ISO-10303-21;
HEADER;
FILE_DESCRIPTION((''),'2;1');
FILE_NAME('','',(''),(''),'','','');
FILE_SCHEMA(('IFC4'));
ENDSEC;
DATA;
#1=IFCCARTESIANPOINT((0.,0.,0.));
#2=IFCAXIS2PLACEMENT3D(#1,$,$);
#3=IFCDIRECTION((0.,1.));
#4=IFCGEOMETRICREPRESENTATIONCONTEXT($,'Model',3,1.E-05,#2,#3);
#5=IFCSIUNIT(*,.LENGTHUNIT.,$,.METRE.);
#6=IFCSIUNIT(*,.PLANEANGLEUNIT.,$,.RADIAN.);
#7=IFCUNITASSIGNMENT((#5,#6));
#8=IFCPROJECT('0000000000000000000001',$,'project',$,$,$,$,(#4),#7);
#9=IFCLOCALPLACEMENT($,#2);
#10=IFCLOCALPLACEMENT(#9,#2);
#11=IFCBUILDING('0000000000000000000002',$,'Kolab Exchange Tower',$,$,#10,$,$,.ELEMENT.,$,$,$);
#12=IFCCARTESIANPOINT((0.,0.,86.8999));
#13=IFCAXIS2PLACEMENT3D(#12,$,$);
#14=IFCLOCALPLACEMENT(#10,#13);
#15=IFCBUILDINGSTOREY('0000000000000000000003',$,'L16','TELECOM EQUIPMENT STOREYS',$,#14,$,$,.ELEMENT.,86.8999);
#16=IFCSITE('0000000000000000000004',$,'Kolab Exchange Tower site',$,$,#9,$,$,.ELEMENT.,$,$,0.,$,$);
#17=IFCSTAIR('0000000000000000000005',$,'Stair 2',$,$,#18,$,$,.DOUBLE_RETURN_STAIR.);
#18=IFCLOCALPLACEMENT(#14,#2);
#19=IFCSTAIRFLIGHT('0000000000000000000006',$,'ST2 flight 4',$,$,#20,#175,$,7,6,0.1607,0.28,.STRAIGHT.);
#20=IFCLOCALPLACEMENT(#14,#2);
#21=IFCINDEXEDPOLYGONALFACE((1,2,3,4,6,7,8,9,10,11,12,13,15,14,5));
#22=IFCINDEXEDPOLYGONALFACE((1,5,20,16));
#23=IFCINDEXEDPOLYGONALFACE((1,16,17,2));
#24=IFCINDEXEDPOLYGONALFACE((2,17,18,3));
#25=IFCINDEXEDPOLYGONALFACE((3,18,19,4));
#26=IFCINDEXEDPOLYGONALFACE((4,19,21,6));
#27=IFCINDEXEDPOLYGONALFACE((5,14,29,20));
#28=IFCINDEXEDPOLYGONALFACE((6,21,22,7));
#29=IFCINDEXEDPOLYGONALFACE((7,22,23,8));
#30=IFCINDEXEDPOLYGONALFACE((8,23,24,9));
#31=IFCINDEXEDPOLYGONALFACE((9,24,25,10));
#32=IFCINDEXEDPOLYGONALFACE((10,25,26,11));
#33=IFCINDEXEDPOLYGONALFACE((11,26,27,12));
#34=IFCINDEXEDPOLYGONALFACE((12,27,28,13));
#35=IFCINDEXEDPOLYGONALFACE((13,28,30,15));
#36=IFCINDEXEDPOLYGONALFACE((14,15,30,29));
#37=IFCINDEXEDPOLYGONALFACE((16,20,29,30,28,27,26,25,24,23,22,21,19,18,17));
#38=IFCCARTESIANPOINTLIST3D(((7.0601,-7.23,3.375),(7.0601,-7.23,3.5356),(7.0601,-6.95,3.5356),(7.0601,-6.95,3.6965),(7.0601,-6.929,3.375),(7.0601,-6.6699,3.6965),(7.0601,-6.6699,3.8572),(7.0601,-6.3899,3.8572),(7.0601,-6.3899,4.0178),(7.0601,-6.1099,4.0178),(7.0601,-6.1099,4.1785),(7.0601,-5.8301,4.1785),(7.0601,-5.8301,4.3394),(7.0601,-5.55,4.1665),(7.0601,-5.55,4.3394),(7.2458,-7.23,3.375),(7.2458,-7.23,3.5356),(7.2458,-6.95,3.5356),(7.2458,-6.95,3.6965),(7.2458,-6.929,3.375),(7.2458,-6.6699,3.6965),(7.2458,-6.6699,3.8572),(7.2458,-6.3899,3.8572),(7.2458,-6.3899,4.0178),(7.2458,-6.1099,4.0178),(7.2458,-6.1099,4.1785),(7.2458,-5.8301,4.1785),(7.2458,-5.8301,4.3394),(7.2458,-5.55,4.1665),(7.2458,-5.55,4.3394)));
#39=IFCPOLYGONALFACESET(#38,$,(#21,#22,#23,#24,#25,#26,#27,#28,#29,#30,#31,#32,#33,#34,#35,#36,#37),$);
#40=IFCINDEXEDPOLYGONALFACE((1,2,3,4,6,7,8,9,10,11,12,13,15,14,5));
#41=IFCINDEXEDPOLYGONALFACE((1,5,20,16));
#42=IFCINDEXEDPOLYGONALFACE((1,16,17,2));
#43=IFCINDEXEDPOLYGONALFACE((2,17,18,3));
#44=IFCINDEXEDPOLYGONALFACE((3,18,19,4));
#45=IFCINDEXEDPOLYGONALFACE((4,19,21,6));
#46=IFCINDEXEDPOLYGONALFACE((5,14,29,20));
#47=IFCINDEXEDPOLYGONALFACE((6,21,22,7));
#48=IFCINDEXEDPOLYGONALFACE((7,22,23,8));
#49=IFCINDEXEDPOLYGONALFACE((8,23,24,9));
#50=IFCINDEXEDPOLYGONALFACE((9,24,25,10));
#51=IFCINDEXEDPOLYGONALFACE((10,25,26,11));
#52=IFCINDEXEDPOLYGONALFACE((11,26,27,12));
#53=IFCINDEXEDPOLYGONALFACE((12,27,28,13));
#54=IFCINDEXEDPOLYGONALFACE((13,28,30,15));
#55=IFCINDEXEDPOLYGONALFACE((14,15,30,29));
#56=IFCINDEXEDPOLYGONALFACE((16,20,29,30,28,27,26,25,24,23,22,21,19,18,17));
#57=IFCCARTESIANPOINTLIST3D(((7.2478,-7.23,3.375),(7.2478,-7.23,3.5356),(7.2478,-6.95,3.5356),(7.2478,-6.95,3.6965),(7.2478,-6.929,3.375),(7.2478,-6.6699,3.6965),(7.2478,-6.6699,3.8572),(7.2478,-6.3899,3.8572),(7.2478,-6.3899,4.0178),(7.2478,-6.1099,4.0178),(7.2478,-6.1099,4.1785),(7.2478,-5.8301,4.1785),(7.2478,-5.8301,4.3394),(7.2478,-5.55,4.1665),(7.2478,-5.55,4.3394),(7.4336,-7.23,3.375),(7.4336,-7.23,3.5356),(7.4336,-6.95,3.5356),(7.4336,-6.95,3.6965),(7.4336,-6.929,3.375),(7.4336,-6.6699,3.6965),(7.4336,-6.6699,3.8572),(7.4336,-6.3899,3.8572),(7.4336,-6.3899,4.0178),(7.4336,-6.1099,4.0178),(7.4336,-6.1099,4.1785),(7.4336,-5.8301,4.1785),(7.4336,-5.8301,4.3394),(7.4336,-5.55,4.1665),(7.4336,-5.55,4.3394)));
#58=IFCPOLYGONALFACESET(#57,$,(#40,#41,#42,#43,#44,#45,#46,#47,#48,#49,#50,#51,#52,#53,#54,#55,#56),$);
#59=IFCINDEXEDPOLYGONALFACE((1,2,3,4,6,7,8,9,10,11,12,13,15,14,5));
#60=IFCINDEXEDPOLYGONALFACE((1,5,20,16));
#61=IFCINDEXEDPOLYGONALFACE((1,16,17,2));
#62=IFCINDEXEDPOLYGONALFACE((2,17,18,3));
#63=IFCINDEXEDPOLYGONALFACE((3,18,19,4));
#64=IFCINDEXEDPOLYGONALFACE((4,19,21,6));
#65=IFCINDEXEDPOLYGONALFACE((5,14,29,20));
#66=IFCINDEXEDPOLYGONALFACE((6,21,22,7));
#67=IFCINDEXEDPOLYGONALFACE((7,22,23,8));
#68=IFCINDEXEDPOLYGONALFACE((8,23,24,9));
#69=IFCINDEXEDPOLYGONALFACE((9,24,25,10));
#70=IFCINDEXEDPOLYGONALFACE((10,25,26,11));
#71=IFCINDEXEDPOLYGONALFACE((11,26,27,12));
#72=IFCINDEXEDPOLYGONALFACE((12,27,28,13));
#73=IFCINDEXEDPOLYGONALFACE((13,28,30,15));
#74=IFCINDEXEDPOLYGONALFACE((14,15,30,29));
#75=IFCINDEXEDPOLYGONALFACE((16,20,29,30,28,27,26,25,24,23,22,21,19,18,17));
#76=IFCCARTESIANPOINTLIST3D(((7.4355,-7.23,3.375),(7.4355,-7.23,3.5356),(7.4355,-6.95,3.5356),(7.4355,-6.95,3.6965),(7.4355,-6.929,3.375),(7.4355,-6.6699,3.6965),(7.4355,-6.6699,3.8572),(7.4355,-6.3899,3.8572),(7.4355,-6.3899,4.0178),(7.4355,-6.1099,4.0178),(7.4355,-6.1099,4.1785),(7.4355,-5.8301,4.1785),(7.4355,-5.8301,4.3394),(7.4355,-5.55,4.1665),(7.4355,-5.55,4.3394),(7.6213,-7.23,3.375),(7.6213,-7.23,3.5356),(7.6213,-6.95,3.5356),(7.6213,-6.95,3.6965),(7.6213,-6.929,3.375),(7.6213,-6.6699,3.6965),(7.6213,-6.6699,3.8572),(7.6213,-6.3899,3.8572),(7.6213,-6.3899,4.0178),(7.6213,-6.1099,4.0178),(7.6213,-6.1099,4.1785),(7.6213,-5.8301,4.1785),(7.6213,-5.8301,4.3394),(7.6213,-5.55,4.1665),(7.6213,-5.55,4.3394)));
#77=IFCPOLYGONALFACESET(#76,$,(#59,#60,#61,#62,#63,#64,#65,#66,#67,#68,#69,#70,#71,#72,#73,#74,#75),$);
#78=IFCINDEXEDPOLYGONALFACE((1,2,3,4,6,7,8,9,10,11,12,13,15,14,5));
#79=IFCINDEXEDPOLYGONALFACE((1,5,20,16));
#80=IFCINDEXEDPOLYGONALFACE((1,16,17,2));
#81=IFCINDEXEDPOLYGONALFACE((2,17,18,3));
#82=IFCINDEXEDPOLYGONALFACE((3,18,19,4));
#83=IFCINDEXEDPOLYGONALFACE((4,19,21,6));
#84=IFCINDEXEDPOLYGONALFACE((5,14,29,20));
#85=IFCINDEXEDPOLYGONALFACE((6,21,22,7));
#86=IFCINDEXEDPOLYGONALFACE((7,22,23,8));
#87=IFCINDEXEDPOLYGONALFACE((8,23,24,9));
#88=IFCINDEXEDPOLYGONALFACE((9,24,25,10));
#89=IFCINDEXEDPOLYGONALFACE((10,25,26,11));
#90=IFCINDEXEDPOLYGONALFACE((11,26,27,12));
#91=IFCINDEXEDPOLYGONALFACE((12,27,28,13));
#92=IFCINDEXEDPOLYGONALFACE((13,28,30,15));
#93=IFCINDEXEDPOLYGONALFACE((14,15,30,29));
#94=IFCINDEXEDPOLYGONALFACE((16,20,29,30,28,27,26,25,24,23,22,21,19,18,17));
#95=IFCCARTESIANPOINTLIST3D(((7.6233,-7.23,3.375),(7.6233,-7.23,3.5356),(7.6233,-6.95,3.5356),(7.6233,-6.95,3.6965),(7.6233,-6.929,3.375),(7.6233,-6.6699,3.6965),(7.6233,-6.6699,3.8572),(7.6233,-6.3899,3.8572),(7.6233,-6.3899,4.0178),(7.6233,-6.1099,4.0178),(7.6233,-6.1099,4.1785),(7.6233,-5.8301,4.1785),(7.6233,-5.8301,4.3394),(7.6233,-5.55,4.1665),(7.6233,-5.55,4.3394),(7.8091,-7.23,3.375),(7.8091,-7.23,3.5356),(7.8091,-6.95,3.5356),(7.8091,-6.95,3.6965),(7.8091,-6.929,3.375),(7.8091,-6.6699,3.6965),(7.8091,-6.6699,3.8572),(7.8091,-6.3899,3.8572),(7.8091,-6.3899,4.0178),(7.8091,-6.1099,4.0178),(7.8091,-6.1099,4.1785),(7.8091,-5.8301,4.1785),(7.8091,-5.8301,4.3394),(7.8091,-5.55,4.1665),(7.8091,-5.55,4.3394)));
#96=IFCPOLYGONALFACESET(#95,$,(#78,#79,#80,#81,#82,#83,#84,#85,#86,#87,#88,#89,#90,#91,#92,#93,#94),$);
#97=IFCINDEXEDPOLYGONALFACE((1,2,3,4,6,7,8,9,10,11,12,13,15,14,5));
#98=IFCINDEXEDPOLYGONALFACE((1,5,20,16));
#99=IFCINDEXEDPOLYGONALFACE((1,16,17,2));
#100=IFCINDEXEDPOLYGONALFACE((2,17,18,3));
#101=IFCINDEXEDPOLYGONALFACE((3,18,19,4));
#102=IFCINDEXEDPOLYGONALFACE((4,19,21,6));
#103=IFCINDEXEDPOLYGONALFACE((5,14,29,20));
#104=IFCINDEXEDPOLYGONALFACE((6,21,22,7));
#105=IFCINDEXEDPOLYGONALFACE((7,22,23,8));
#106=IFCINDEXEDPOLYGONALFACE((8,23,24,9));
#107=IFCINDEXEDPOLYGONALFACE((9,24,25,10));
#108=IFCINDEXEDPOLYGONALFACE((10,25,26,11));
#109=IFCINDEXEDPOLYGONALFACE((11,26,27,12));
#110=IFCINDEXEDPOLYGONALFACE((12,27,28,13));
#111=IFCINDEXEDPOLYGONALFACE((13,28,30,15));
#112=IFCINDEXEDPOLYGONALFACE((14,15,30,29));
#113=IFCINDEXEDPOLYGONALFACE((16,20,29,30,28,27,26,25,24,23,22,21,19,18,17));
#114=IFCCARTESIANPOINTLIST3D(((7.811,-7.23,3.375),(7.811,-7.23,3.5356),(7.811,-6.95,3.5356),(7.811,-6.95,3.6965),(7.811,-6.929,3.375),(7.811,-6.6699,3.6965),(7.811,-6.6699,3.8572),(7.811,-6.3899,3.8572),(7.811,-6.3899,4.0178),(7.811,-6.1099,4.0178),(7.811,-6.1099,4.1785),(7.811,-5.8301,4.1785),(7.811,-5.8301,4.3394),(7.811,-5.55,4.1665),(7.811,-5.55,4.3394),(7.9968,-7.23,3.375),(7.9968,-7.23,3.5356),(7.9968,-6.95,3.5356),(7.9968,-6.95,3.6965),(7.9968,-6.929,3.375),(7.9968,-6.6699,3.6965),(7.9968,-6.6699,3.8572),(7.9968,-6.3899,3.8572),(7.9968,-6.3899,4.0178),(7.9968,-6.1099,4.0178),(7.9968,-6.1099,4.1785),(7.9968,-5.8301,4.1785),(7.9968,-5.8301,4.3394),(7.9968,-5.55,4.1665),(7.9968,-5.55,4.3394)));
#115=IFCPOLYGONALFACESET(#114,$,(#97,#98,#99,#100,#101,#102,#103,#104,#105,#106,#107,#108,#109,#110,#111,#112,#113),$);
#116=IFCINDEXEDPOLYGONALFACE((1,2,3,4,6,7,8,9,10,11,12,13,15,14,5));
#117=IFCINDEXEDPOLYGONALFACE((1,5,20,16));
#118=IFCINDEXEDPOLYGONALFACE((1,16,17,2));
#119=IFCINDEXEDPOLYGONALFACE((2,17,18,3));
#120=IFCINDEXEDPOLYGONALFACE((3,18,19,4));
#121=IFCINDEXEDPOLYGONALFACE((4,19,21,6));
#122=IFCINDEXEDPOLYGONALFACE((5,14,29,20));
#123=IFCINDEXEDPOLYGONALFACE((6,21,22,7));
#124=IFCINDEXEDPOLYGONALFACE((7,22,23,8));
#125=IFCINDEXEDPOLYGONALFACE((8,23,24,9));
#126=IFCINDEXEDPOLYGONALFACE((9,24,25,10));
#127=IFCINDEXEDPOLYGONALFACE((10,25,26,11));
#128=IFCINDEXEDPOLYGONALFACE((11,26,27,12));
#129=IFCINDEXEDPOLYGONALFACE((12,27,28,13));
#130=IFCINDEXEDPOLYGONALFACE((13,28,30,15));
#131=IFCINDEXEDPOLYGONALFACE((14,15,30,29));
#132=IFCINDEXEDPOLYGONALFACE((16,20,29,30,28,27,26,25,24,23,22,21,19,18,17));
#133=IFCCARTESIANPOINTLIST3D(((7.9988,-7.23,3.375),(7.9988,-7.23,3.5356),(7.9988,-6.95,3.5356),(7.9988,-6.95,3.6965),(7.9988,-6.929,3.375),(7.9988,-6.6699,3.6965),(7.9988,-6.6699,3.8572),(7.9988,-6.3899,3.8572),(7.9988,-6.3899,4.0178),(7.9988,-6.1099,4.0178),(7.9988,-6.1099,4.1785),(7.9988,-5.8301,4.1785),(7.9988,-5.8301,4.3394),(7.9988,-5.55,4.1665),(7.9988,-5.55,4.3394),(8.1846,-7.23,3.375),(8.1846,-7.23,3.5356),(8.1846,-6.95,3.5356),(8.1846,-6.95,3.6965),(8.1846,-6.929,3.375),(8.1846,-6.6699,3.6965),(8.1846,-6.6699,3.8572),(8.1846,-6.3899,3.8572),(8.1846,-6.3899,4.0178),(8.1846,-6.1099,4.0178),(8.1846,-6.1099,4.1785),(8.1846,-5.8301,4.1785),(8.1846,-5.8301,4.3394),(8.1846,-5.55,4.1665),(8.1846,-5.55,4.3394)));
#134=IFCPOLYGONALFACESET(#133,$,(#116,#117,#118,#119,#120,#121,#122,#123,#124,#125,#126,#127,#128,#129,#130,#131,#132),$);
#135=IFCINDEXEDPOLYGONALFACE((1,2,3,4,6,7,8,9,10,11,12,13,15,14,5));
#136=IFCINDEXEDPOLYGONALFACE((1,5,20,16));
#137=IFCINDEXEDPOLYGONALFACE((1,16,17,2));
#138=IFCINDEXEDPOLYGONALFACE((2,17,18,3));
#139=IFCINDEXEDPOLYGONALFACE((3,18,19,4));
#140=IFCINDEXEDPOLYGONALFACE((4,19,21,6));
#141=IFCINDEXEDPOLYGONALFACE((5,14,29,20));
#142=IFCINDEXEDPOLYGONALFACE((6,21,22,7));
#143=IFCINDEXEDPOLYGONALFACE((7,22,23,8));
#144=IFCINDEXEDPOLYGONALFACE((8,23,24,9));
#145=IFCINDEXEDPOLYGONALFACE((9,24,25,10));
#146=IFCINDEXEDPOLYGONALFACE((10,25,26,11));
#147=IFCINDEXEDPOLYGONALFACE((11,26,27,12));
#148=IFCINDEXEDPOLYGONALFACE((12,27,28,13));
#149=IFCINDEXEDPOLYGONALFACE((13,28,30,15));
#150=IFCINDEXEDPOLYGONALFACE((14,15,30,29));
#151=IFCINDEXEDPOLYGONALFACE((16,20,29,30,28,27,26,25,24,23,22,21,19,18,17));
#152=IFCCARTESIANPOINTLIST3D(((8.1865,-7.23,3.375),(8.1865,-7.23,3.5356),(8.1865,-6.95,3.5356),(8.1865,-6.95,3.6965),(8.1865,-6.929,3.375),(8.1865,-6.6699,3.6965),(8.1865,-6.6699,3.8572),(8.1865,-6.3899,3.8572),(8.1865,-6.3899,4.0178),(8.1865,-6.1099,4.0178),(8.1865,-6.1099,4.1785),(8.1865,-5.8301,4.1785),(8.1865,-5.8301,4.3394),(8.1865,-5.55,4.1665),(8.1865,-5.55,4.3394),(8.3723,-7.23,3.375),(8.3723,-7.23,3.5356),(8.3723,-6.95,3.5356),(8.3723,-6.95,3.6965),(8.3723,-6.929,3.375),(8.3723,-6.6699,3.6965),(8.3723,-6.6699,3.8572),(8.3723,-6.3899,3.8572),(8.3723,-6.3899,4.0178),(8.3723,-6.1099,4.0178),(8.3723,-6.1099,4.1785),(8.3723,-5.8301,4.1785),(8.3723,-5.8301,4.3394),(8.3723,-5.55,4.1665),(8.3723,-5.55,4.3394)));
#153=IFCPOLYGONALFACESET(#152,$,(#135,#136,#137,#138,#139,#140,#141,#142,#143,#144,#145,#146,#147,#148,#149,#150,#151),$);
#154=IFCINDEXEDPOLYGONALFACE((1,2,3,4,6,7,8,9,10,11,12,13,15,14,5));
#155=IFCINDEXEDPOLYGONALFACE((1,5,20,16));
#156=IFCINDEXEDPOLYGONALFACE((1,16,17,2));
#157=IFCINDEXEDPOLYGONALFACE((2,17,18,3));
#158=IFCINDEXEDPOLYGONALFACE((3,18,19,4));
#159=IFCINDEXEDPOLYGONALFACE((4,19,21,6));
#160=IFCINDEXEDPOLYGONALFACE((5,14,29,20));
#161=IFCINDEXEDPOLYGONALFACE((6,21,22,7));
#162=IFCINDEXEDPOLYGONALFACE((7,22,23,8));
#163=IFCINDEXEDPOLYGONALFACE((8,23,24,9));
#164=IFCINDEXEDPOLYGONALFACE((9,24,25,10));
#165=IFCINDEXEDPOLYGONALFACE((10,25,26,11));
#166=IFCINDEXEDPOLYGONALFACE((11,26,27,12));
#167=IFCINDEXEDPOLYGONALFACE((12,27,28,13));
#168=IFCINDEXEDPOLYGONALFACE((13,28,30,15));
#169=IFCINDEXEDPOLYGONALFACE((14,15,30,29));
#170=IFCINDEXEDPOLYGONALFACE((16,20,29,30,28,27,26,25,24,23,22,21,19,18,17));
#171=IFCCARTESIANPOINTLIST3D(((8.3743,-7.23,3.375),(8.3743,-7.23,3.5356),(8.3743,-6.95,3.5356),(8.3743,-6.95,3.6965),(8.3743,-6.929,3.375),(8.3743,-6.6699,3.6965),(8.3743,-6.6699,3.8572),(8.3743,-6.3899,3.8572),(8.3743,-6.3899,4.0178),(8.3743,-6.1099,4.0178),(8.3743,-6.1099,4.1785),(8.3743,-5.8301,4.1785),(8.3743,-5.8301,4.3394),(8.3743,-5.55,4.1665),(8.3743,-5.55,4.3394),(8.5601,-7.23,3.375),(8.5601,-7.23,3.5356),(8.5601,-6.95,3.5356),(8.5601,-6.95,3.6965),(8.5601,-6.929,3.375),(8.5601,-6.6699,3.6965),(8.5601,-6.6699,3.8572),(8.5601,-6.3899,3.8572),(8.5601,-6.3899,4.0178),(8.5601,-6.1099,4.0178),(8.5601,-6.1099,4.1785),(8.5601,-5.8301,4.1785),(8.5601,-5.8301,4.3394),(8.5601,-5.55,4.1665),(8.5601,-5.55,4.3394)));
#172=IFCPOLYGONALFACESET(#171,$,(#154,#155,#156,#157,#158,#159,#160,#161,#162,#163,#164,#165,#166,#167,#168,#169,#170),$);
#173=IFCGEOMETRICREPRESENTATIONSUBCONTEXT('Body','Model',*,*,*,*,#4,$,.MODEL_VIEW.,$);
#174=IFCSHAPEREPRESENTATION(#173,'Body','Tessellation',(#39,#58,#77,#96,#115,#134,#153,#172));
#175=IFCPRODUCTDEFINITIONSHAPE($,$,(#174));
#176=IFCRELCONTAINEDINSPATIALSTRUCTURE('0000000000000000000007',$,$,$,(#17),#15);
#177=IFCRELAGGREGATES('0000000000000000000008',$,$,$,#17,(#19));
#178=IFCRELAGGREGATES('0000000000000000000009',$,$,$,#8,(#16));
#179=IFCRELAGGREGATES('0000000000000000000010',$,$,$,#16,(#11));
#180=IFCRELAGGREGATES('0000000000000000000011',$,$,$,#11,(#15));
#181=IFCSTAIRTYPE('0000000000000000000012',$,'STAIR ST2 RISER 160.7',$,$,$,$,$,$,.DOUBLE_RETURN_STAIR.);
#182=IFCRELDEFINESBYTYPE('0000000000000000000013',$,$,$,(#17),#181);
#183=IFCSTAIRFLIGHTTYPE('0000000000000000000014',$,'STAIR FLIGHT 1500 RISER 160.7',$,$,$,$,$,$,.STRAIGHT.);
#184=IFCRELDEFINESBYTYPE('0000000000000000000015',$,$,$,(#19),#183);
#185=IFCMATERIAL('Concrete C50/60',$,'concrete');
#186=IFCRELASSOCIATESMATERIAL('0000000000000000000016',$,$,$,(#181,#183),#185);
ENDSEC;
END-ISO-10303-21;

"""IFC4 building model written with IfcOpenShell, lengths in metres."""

from ifc_helpers import new_model, si_unit, direction, frame, origin, place, context, subcontext, project, spatial, polyline, outline, extrude, material, type_object, element, aggregate, save


model = new_model("IFC4")

# Units and contexts
model_context = context("Model", 3, precision=1e-05, world=origin(), true_north=direction((0.0, 1.0)))
body_context = subcontext(model_context, "Body", "Model", "MODEL_VIEW")
ifc_project = project(units=[si_unit("LENGTHUNIT", "METRE"), si_unit("PLANEANGLEUNIT", "RADIAN")], contexts=[model_context])

# Site, building, storey
site_placement = place(None, origin())
site = spatial("IfcSite", under=ifc_project, at=site_placement, Name="Kolab Exchange Tower site", CompositionType="ELEMENT", RefElevation=0.0)
building_placement = place(site_placement, origin())
building = spatial("IfcBuilding", under=site, at=building_placement, Name="Kolab Exchange Tower", CompositionType="ELEMENT")
storey_placement = place(building_placement, frame((0.0, 0.0, 86.8999)))
storey = spatial("IfcBuildingStorey", under=building, at=storey_placement, Name="L16", Description="TELECOM EQUIPMENT STOREYS", CompositionType="ELEMENT", Elevation=86.8999)

# Shared definitions
ifc_material_1 = material(Name="Concrete C50/60", Category="concrete")

# Stair, stair flight
stair_type = type_object("IfcStairType", Name="STAIR ST2 RISER 160.7", PredefinedType="DOUBLE_RETURN_STAIR", material=ifc_material_1)
stair_placement = place(storey_placement, origin())
stair = element("IfcStair", 1, at=stair_placement, inside=storey, type_object=stair_type, Name="Stair 2", PredefinedType="DOUBLE_RETURN_STAIR")
stair_flight_type = type_object("IfcStairFlightType", Name="STAIR FLIGHT 1500 RISER 160.7", PredefinedType="STRAIGHT", material=ifc_material_1)
stair_flight_1_placement = place(storey_placement, frame((7.8101, -7.23, 3.375), z_axis=(0.0, 0.0, 1.0), x_axis=(0.0, 1.0, 0.0)))
stair_flight_1 = element("IfcStairFlight", 2, at=stair_flight_1_placement, type_object=stair_flight_type, Name="ST2 flight 4", NumberOfRisers=7, NumberOfTreads=6, PredefinedType="STRAIGHT", RiserHeight=0.1607, TreadLength=0.28, context=body_context, shape_type="SweptSolid", body=[
    extrude(outline(polyline([(0.0, 0.0), (0.0, 0.1606), (0.28, 0.1606), (0.28, 0.3215), (0.5601, 0.3215), (0.5601, 0.4822), (0.8401, 0.4822), (0.8401, 0.6428), (1.1201, 0.6428), (1.1201, 0.8035), (1.3999, 0.8035), (1.3999, 0.9644), (1.6799, 0.9644), (1.6799, 1.125), (1.6799, 0.7915), (0.301, 0.0), (0.0, 0.0)])), frame((0.0, 0.75, 0.0), z_axis=(0.0, -1.0, 0.0), x_axis=(1.0, 0.0, 0.0)), (0.0, 0.0, 1.0), 0.1858),
    extrude(outline(polyline([(0.0, 0.0), (0.0, 0.1606), (0.28, 0.1606), (0.28, 0.3215), (0.5601, 0.3215), (0.5601, 0.4822), (0.8401, 0.4822), (0.8401, 0.6428), (1.1201, 0.6428), (1.1201, 0.8035), (1.3999, 0.8035), (1.3999, 0.9644), (1.6799, 0.9644), (1.6799, 1.125), (1.6799, 0.7915), (0.301, 0.0), (0.0, 0.0)])), frame((0.0, 0.5623, 0.0), z_axis=(0.0, -1.0, 0.0), x_axis=(1.0, 0.0, 0.0)), (0.0, 0.0, 1.0), 0.1858),
    extrude(outline(polyline([(0.0, 0.0), (0.0, 0.1606), (0.28, 0.1606), (0.28, 0.3215), (0.5601, 0.3215), (0.5601, 0.4822), (0.8401, 0.4822), (0.8401, 0.6428), (1.1201, 0.6428), (1.1201, 0.8035), (1.3999, 0.8035), (1.3999, 0.9644), (1.6799, 0.9644), (1.6799, 1.125), (1.6799, 0.7915), (0.301, 0.0), (0.0, 0.0)])), frame((0.0, 0.3745, 0.0), z_axis=(0.0, -1.0, 0.0), x_axis=(1.0, 0.0, 0.0)), (0.0, 0.0, 1.0), 0.1858),
    extrude(outline(polyline([(0.0, 0.0), (0.0, 0.1606), (0.28, 0.1606), (0.28, 0.3215), (0.5601, 0.3215), (0.5601, 0.4822), (0.8401, 0.4822), (0.8401, 0.6428), (1.1201, 0.6428), (1.1201, 0.8035), (1.3999, 0.8035), (1.3999, 0.9644), (1.6799, 0.9644), (1.6799, 1.125), (1.6799, 0.7915), (0.301, 0.0), (0.0, 0.0)])), frame((0.0, 0.1868, 0.0), z_axis=(0.0, -1.0, 0.0), x_axis=(1.0, 0.0, 0.0)), (0.0, 0.0, 1.0), 0.1858),
    extrude(outline(polyline([(0.0, 0.0), (0.0, 0.1606), (0.28, 0.1606), (0.28, 0.3215), (0.5601, 0.3215), (0.5601, 0.4822), (0.8401, 0.4822), (0.8401, 0.6428), (1.1201, 0.6428), (1.1201, 0.8035), (1.3999, 0.8035), (1.3999, 0.9644), (1.6799, 0.9644), (1.6799, 1.125), (1.6799, 0.7915), (0.301, 0.0), (0.0, 0.0)])), frame((0.0, -0.001, 0.0), z_axis=(0.0, -1.0, 0.0), x_axis=(1.0, 0.0, 0.0)), (0.0, 0.0, 1.0), 0.1858),
    extrude(outline(polyline([(0.0, 0.0), (0.0, 0.1606), (0.28, 0.1606), (0.28, 0.3215), (0.5601, 0.3215), (0.5601, 0.4822), (0.8401, 0.4822), (0.8401, 0.6428), (1.1201, 0.6428), (1.1201, 0.8035), (1.3999, 0.8035), (1.3999, 0.9644), (1.6799, 0.9644), (1.6799, 1.125), (1.6799, 0.7915), (0.301, 0.0), (0.0, 0.0)])), frame((0.0, -0.1887, 0.0), z_axis=(0.0, -1.0, 0.0), x_axis=(1.0, 0.0, 0.0)), (0.0, 0.0, 1.0), 0.1858),
    extrude(outline(polyline([(0.0, 0.0), (0.0, 0.1606), (0.28, 0.1606), (0.28, 0.3215), (0.5601, 0.3215), (0.5601, 0.4822), (0.8401, 0.4822), (0.8401, 0.6428), (1.1201, 0.6428), (1.1201, 0.8035), (1.3999, 0.8035), (1.3999, 0.9644), (1.6799, 0.9644), (1.6799, 1.125), (1.6799, 0.7915), (0.301, 0.0), (0.0, 0.0)])), frame((0.0, -0.3765, 0.0), z_axis=(0.0, -1.0, 0.0), x_axis=(1.0, 0.0, 0.0)), (0.0, 0.0, 1.0), 0.1858),
    extrude(outline(polyline([(0.0, 0.0), (0.0, 0.1606), (0.28, 0.1606), (0.28, 0.3215), (0.5601, 0.3215), (0.5601, 0.4822), (0.8401, 0.4822), (0.8401, 0.6428), (1.1201, 0.6428), (1.1201, 0.8035), (1.3999, 0.8035), (1.3999, 0.9644), (1.6799, 0.9644), (1.6799, 1.125), (1.6799, 0.7915), (0.301, 0.0), (0.0, 0.0)])), frame((0.0, -0.5642, 0.0), z_axis=(0.0, -1.0, 0.0), x_axis=(1.0, 0.0, 0.0)), (0.0, 0.0, 1.0), 0.1858),
])
aggregate(stair, [stair_flight_1])

save(model, "model.ifc")
